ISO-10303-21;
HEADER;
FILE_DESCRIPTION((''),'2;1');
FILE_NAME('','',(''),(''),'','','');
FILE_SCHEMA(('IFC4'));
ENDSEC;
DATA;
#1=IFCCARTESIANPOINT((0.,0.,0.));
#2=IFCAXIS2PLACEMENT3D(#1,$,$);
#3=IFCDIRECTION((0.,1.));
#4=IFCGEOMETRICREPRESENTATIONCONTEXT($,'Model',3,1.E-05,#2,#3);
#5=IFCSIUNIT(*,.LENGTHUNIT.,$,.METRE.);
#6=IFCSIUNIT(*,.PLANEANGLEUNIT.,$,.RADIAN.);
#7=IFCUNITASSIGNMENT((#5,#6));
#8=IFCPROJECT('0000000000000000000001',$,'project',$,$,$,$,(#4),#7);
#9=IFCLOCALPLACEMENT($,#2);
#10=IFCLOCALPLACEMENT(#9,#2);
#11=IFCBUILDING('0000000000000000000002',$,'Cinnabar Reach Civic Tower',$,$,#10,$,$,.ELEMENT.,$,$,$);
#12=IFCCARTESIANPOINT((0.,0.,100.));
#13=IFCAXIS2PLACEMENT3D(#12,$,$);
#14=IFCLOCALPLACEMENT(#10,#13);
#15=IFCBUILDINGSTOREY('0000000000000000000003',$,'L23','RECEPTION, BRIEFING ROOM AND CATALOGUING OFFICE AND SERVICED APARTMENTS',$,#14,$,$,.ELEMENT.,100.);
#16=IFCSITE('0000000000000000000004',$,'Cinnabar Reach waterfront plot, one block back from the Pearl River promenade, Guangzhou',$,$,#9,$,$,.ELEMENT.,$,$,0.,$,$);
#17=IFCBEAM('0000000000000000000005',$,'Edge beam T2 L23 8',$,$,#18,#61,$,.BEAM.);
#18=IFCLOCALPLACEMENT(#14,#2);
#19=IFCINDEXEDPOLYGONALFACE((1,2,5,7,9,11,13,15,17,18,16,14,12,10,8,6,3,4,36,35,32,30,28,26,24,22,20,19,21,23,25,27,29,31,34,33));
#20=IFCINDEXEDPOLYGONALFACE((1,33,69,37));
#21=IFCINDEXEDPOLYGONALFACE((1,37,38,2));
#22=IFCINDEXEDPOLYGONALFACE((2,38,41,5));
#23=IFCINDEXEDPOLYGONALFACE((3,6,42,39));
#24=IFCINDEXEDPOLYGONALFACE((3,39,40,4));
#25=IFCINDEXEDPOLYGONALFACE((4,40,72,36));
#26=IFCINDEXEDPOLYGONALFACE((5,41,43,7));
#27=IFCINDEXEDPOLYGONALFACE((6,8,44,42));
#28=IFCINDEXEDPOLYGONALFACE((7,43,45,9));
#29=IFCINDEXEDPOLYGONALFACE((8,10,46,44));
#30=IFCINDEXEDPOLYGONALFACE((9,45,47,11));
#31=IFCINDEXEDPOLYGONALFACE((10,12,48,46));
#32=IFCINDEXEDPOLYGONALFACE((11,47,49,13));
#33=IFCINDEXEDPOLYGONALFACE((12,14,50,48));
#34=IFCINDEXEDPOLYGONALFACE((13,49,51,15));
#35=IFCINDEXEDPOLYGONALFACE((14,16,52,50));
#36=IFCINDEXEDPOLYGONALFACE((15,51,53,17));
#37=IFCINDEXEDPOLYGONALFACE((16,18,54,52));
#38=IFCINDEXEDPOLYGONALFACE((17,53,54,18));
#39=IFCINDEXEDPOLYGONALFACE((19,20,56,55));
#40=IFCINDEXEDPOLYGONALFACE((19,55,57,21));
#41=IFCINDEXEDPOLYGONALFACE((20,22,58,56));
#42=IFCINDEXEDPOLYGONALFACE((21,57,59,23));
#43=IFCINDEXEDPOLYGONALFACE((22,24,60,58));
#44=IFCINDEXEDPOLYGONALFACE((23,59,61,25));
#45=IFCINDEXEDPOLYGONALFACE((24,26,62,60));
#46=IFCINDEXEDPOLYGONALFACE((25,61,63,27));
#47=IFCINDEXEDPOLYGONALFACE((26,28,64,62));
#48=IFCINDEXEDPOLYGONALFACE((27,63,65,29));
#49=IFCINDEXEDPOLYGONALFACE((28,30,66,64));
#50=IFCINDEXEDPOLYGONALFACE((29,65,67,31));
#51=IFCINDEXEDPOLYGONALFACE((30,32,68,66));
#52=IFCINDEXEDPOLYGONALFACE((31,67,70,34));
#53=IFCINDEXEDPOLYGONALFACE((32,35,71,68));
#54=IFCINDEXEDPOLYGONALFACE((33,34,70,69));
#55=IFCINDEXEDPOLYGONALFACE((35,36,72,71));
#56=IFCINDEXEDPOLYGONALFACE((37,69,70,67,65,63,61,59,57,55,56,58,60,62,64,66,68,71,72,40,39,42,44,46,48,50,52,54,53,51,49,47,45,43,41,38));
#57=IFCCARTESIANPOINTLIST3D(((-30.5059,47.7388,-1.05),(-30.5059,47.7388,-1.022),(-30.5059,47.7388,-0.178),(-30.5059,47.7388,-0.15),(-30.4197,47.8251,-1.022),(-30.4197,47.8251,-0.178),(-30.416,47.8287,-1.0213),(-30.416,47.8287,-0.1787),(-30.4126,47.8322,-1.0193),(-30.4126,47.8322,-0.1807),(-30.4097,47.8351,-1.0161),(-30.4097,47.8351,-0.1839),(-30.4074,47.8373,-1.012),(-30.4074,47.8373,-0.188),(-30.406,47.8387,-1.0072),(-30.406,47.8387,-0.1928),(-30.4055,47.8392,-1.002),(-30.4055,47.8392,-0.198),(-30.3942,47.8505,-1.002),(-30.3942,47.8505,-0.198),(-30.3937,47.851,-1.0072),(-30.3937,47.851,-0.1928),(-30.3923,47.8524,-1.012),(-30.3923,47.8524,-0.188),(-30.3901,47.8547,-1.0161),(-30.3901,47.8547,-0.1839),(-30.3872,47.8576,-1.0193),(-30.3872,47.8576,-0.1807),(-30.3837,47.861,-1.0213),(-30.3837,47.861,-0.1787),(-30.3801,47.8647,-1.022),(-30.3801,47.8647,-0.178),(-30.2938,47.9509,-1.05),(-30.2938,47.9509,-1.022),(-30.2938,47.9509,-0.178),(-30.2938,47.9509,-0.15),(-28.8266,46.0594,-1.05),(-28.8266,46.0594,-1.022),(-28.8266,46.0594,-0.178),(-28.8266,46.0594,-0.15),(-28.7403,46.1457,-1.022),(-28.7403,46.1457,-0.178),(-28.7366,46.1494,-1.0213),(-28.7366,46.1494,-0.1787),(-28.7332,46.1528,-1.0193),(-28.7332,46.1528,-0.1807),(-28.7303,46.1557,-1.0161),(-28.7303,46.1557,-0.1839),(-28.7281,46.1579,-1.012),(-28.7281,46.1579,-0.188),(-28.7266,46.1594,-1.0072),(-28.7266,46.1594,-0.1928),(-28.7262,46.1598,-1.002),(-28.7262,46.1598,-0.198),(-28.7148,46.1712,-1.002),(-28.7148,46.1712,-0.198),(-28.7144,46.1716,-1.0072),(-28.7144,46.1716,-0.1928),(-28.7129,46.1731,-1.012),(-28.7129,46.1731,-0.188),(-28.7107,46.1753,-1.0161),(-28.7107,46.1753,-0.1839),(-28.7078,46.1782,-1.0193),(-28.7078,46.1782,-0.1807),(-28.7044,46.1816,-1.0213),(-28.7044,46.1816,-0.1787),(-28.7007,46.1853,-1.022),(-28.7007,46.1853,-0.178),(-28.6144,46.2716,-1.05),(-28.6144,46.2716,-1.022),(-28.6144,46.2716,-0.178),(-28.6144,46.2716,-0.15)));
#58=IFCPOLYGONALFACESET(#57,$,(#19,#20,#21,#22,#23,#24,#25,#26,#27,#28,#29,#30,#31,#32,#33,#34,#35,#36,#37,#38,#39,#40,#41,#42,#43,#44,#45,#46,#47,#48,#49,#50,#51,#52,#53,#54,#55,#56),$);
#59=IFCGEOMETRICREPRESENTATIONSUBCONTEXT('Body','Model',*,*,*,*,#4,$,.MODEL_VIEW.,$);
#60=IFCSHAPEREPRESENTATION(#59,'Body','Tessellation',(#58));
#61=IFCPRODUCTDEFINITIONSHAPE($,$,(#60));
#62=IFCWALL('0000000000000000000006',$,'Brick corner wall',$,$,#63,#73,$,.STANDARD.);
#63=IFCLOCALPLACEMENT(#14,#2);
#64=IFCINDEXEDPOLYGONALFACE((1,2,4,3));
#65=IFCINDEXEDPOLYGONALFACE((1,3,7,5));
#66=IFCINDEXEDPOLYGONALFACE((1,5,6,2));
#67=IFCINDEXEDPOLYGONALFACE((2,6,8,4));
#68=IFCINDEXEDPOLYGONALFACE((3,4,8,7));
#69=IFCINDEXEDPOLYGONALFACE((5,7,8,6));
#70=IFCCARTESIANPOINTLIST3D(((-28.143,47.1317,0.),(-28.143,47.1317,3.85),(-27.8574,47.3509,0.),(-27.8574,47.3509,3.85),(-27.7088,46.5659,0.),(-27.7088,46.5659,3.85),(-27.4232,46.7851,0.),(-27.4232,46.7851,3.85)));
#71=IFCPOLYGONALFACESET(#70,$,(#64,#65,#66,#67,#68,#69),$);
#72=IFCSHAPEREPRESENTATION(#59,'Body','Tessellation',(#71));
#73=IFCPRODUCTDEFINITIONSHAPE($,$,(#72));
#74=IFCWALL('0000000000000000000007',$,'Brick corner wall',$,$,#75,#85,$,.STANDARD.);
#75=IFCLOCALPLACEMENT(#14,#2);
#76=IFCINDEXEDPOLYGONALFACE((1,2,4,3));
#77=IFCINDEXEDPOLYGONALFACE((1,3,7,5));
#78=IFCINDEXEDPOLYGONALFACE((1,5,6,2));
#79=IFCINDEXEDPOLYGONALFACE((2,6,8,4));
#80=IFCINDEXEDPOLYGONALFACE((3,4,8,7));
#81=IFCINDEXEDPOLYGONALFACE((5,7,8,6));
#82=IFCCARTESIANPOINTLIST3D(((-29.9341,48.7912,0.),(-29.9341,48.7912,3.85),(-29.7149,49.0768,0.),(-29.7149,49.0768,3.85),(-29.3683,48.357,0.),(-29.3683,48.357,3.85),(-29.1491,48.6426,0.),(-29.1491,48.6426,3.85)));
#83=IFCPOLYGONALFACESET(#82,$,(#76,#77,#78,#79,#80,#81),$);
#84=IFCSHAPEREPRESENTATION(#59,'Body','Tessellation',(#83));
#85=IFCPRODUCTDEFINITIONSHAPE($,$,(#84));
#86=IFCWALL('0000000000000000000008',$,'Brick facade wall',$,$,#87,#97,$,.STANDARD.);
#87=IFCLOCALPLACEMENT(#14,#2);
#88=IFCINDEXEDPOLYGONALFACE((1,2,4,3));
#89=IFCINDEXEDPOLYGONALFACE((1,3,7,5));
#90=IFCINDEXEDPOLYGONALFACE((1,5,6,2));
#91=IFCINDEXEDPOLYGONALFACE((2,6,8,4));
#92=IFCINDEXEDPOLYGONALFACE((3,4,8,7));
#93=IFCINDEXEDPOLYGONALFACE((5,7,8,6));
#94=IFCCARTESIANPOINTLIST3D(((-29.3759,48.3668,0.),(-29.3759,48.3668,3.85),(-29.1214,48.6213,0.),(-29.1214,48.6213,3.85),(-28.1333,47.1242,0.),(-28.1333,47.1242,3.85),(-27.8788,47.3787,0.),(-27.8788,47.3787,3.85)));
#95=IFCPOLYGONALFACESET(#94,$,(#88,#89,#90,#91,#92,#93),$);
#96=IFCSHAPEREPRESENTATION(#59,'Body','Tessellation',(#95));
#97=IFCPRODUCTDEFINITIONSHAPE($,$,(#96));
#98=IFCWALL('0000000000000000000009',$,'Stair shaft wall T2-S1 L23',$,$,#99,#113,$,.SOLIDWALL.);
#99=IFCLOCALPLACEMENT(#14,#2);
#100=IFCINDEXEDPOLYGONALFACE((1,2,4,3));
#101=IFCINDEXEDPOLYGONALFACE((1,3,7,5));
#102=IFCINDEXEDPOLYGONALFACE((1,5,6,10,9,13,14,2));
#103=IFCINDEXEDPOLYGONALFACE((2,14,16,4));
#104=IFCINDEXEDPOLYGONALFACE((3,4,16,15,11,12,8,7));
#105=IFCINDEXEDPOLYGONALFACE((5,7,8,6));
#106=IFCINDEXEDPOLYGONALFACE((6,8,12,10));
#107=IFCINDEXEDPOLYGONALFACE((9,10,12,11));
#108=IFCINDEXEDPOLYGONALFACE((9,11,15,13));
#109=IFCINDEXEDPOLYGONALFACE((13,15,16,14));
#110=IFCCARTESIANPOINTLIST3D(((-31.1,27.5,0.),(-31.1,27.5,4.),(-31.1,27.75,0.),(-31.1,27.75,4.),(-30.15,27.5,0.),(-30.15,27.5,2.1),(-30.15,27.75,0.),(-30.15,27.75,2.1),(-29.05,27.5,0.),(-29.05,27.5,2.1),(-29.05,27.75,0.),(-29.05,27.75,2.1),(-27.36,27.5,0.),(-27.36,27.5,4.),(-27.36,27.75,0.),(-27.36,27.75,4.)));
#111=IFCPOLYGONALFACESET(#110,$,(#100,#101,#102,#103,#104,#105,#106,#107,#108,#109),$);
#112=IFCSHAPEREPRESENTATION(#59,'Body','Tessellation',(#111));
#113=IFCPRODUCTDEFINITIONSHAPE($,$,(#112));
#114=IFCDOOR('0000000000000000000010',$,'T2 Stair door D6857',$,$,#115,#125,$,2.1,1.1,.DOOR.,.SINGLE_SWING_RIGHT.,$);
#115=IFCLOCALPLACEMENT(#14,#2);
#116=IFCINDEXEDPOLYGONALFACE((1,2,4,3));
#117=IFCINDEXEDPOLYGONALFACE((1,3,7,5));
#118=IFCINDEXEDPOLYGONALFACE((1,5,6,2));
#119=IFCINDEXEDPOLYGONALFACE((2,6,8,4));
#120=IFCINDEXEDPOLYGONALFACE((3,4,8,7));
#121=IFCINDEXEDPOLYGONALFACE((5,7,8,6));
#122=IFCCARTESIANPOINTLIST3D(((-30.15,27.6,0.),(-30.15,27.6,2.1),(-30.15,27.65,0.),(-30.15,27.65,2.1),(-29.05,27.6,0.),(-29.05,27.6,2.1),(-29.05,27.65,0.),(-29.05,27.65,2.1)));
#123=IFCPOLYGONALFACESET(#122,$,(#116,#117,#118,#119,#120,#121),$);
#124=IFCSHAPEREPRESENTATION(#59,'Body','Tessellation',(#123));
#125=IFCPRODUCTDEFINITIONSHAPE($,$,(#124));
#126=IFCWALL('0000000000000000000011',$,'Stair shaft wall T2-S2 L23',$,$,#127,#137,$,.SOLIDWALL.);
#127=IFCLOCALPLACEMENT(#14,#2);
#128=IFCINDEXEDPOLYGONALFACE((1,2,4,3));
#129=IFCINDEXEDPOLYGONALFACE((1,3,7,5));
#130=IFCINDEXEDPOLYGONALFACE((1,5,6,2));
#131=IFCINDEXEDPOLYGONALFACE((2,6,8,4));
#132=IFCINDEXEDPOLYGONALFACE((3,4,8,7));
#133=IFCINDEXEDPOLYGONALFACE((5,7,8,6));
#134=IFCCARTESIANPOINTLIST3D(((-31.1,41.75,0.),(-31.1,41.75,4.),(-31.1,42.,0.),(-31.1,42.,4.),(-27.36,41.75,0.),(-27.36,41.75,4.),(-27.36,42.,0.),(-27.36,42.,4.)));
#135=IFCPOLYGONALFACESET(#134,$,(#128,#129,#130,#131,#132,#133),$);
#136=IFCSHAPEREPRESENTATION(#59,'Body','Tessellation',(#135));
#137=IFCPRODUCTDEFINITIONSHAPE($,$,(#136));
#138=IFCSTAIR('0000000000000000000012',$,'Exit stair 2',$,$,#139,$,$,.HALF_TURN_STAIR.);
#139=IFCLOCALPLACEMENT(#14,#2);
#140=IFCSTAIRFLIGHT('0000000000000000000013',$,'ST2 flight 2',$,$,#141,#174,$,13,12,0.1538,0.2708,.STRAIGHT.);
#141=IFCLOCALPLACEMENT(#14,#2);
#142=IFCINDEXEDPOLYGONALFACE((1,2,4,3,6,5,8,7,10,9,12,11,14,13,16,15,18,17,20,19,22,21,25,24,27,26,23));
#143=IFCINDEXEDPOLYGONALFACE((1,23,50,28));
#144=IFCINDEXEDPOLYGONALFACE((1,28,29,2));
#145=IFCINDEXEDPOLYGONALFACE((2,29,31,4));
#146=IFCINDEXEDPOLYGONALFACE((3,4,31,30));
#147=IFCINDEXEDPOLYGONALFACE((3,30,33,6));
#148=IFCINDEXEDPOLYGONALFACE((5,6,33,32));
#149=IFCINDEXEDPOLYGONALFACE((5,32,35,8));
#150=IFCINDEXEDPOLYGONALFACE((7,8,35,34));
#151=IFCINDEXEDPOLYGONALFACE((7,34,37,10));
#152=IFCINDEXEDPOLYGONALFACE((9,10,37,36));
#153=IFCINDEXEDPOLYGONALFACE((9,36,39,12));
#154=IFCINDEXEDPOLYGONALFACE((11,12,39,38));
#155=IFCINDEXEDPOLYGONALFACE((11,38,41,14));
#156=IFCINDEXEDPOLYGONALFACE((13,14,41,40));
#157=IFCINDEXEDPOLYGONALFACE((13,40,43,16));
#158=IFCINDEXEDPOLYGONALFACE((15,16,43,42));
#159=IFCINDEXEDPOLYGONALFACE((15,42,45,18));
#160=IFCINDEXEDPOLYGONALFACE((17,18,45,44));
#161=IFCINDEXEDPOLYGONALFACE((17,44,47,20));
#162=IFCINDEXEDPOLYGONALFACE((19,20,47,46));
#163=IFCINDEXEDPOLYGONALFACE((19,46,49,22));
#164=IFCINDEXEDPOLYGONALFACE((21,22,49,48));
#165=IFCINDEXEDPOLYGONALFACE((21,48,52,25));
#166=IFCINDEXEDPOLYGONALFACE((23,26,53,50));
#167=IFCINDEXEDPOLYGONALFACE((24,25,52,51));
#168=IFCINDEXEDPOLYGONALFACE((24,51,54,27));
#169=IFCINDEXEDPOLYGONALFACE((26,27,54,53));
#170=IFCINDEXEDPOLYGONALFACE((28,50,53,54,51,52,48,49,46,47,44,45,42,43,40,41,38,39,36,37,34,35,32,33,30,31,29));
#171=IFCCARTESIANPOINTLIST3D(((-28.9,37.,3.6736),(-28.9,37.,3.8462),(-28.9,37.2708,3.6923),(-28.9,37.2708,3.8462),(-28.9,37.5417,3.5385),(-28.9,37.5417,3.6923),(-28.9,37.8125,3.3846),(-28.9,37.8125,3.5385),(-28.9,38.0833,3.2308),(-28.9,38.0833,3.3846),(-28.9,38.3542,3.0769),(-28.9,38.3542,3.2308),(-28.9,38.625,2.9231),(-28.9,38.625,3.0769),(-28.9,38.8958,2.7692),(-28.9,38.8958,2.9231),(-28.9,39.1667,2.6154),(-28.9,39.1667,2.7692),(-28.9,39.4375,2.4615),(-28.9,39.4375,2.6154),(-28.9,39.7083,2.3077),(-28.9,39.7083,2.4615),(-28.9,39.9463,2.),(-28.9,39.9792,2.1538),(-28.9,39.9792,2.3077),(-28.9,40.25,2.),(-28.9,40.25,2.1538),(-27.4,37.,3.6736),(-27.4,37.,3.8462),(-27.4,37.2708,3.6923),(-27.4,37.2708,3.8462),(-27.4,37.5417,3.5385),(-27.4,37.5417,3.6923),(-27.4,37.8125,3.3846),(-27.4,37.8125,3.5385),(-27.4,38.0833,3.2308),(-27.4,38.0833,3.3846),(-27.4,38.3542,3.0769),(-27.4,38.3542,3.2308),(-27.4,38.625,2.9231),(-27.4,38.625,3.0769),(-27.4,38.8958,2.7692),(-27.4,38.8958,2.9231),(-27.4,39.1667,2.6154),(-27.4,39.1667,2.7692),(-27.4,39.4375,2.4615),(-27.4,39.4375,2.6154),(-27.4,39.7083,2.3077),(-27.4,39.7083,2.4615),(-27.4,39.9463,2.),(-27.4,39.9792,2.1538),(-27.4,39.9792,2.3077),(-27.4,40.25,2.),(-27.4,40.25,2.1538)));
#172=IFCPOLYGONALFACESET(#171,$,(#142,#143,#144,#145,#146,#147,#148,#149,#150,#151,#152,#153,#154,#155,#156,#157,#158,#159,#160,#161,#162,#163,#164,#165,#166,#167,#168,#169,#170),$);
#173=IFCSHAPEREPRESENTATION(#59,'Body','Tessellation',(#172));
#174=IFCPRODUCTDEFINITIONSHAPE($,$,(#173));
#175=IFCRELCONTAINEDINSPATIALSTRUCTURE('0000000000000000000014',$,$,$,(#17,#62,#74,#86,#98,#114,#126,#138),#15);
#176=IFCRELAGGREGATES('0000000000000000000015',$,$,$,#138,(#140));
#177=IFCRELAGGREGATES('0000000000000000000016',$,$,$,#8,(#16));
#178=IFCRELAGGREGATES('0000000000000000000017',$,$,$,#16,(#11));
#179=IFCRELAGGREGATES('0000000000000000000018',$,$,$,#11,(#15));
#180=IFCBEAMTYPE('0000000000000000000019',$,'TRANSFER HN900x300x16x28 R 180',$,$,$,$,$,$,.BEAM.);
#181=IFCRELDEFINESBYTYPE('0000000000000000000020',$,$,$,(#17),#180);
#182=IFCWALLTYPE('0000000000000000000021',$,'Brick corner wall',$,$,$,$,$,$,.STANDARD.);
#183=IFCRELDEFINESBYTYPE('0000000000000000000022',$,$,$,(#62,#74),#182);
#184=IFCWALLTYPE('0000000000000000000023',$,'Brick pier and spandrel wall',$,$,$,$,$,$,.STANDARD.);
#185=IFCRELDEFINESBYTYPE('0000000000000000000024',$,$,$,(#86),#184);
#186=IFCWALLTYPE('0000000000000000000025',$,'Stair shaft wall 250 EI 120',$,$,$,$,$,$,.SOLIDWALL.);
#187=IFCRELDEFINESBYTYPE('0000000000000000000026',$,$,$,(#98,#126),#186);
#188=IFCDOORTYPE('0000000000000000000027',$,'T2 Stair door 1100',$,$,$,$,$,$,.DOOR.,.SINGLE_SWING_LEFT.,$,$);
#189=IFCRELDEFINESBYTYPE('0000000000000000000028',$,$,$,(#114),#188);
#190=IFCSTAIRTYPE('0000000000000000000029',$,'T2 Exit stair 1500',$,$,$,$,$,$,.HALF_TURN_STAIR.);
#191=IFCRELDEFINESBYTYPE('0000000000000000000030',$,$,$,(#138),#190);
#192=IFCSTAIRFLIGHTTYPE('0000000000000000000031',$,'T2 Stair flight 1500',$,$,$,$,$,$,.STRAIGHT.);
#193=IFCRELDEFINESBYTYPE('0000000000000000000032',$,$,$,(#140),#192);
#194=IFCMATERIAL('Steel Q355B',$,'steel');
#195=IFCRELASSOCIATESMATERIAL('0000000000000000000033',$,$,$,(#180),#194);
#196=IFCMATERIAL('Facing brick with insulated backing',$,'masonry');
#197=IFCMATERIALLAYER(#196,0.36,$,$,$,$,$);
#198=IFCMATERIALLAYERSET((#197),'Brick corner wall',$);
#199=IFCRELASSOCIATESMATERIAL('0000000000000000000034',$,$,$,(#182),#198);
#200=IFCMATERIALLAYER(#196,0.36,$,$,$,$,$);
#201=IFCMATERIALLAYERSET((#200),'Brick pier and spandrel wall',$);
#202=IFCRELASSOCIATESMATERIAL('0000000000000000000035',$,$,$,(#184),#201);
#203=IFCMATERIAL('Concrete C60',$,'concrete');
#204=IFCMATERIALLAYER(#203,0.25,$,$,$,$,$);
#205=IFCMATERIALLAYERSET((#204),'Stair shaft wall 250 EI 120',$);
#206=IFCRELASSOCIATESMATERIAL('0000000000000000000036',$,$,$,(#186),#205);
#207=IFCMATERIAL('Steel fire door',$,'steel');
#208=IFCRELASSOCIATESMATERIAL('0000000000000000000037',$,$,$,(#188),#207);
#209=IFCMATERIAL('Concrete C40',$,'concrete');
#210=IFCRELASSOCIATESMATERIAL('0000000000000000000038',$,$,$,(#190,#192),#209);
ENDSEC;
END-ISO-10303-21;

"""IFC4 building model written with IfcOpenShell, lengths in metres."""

from ifc_helpers import new_model, si_unit, direction, frame, frame_2d, origin, origin_2d, place, context, subcontext, project, spatial, polyline, rectangle, i_section, outline, extrude, material, layer, layer_set, material_profile, profile_set, type_object, element, fill, aggregate, save


model = new_model("IFC4")

# Units and contexts
model_context = context("Model", 3, precision=1e-05, world=origin(), true_north=direction((0.0, 1.0)))
body_context = subcontext(model_context, "Body", "Model", "MODEL_VIEW")
ifc_project = project(units=[si_unit("LENGTHUNIT", "METRE"), si_unit("PLANEANGLEUNIT", "RADIAN")], contexts=[model_context])

# Site, building, storey
site_placement = place(None, origin())
site = spatial("IfcSite", under=ifc_project, at=site_placement, Name="Cinnabar Reach waterfront plot, one block back from the Pearl River promenade, Guangzhou", CompositionType="ELEMENT", RefElevation=0.0)
building_placement = place(site_placement, origin())
building = spatial("IfcBuilding", under=site, at=building_placement, Name="Cinnabar Reach Civic Tower", CompositionType="ELEMENT")
storey_placement = place(building_placement, frame((0.0, 0.0, 100.0)))
storey = spatial("IfcBuildingStorey", under=building, at=storey_placement, Name="L23", Description="RECEPTION, BRIEFING ROOM AND CATALOGUING OFFICE AND SERVICED APARTMENTS", CompositionType="ELEMENT", Elevation=100.0)

# Shared definitions
ifc_material_1 = material(Name="Concrete C60", Category="concrete")

# Shared definitions
ifc_material_2 = material(Name="Steel Q355B", Category="steel")

# Shared definitions
ifc_material_3 = material(Name="Concrete C40", Category="concrete")

# Beam
ifc_material_profile_1 = material_profile(ifc_material_2, i_section(OverallWidth=0.3, OverallDepth=0.9, WebThickness=0.016, FlangeThickness=0.028, FilletRadius=0.02, at=origin_2d()), Name="HN900x300x16x28")
ifc_profile_set_1 = profile_set([ifc_material_profile_1], Name="Steel Q355B")
beam_type_1 = type_object("IfcBeamType", Name="TRANSFER HN900x300x16x28 R 180", PredefinedType="BEAM", material=ifc_profile_set_1)
beam_1_placement = place(storey_placement, frame((-28.7205, 46.1655, -0.6), z_axis=(-0.707107, 0.707107, 0.0), x_axis=(-0.707107, -0.707107, 0.0)))
element("IfcBeam", 1, at=beam_1_placement, inside=storey, type_object=beam_type_1, Name="Edge beam T2 L23 8", PredefinedType="BEAM", context=body_context, shape_type="SweptSolid", body=[
    extrude(i_section(OverallWidth=0.3, OverallDepth=0.9, WebThickness=0.016, FlangeThickness=0.028, FilletRadius=0.02, at=origin_2d()), origin(), (0.0, 0.0, 1.0), 2.375),
])

# Walls
ifc_material_4 = material(Name="Facing brick with insulated backing", Category="masonry")
ifc_layer_1 = layer(ifc_material_4, 0.36)
ifc_layer_set_1 = layer_set([ifc_layer_1], Name="Brick corner wall")
wall_type_1 = type_object("IfcWallType", Name="Brick corner wall", PredefinedType="STANDARD", material=ifc_layer_set_1)
for number, where, z_axis, x_axis, name in (
    (2, (-27.566, 46.6755, 0.0), (0.0, 0.0, 1.0), (-0.608802, 0.793322, 0.0), "Brick corner wall"),
    (3, (-29.2587, 48.4998, 0.0), (0.0, 0.0, 1.0), (-0.793322, 0.608802, 0.0), "Brick corner wall"),
):
    element("IfcWall", number, at=place(storey_placement, frame(where, z_axis=z_axis, x_axis=x_axis)), inside=storey, type_object=wall_type_1, Name=name, PredefinedType="STANDARD", context=body_context, shape_type="SweptSolid", body=[
        extrude(rectangle(XDim=0.7132, YDim=0.36, at=frame_2d((0.3566, 0.0))), origin(), (0.0, 0.0, 1.0), 3.85),
    ])
ifc_layer_2 = layer(ifc_material_4, 0.36)
ifc_layer_set_2 = layer_set([ifc_layer_2], Name="Brick pier and spandrel wall")
wall_type_2 = type_object("IfcWallType", Name="Brick pier and spandrel wall", PredefinedType="STANDARD", material=ifc_layer_set_2)
wall_1_placement = place(storey_placement, frame((-28.006, 47.2514, 0.0), z_axis=(0.0, 0.0, 1.0), x_axis=(-0.707107, 0.707107, 0.0)))
element("IfcWall", 4, at=wall_1_placement, inside=storey, type_object=wall_type_2, Name="Brick facade wall", PredefinedType="STANDARD", context=body_context, shape_type="SweptSolid", body=[
    extrude(rectangle(XDim=1.7573, YDim=0.36, at=frame_2d((0.8787, 0.0))), origin(), (0.0, 0.0, 1.0), 3.85),
])

# Wall, opening, door
ifc_layer_3 = layer(ifc_material_1, 0.25)
ifc_layer_set_3 = layer_set([ifc_layer_3], Name="Stair shaft wall 250 EI 120")
wall_type_3 = type_object("IfcWallType", Name="Stair shaft wall 250 EI 120", PredefinedType="SOLIDWALL", material=ifc_layer_set_3)
wall_2_placement = place(storey_placement, frame((-27.36, 27.625, 0.0), z_axis=(0.0, 0.0, 1.0), x_axis=(-1.0, 0.0, 0.0)))
wall_2 = element("IfcWall", 5, at=wall_2_placement, inside=storey, type_object=wall_type_3, Name="Stair shaft wall T2-S1 L23", PredefinedType="SOLIDWALL", context=body_context, shape_type="SweptSolid", body=[
    extrude(rectangle(XDim=3.74, YDim=0.25, at=frame_2d((1.87, 0.0))), origin(), (0.0, 0.0, 1.0), 4.0),
])
opening_placement = place(wall_2_placement, frame((1.69, 0.0, 0.0)))
opening = element("IfcOpeningElement", 6, at=opening_placement, cuts=wall_2, PredefinedType="OPENING", context=body_context, shape_type="SweptSolid", body=[
    extrude(rectangle(XDim=1.1, YDim=2.1, at=frame_2d((0.55, 1.05))), frame((0.0, 0.135, 0.0), z_axis=(0.0, -1.0, 0.0), x_axis=(1.0, 0.0, 0.0)), (0.0, 0.0, 1.0), 0.27),
])
ifc_material_5 = material(Name="Steel fire door", Category="steel")
door_type = type_object("IfcDoorType", Name="T2 Stair door 1100", OperationType="SINGLE_SWING_LEFT", PredefinedType="DOOR", material=ifc_material_5)
door_placement = place(opening_placement, origin())
door = element("IfcDoor", 7, at=door_placement, inside=storey, type_object=door_type, Name="T2 Stair door D6857", OperationType="SINGLE_SWING_RIGHT", OverallHeight=2.1, OverallWidth=1.1, PredefinedType="DOOR", context=body_context, shape_type="SweptSolid", body=[
    extrude(rectangle(XDim=1.1, YDim=2.1, at=frame_2d((0.55, 1.05))), frame((0.0, 0.025, 0.0), z_axis=(0.0, -1.0, 0.0), x_axis=(1.0, 0.0, 0.0)), (0.0, 0.0, 1.0), 0.05),
])
fill(opening, door)

# Wall
wall_3_placement = place(storey_placement, frame((-27.36, 41.875, 0.0), z_axis=(0.0, 0.0, 1.0), x_axis=(-1.0, 0.0, 0.0)))
element("IfcWall", 8, at=wall_3_placement, inside=storey, type_object=wall_type_3, Name="Stair shaft wall T2-S2 L23", PredefinedType="SOLIDWALL", context=body_context, shape_type="SweptSolid", body=[
    extrude(rectangle(XDim=3.74, YDim=0.25, at=frame_2d((1.87, 0.0))), origin(), (0.0, 0.0, 1.0), 4.0),
])

# Stair, stair flight
stair_type = type_object("IfcStairType", Name="T2 Exit stair 1500", PredefinedType="HALF_TURN_STAIR", material=ifc_material_3)
stair_placement = place(storey_placement, origin())
stair = element("IfcStair", 9, at=stair_placement, inside=storey, type_object=stair_type, Name="Exit stair 2", PredefinedType="HALF_TURN_STAIR")
stair_flight_type = type_object("IfcStairFlightType", Name="T2 Stair flight 1500", PredefinedType="STRAIGHT", material=ifc_material_3)
stair_flight_placement = place(storey_placement, frame((-28.15, 40.25, 2.0), z_axis=(0.0, 0.0, 1.0), x_axis=(0.0, -1.0, 0.0)))
stair_flight = element("IfcStairFlight", 10, at=stair_flight_placement, type_object=stair_flight_type, Name="ST2 flight 2", NumberOfRisers=13, NumberOfTreads=12, PredefinedType="STRAIGHT", RiserHeight=0.1538, TreadLength=0.2708, context=body_context, shape_type="SweptSolid", body=[
    extrude(outline(polyline([(0.0, 0.0), (0.0, 0.1538), (0.2708, 0.1538), (0.2708, 0.3077), (0.5417, 0.3077), (0.5417, 0.4615), (0.8125, 0.4615), (0.8125, 0.6154), (1.0833, 0.6154), (1.0833, 0.7692), (1.3542, 0.7692), (1.3542, 0.9231), (1.625, 0.9231), (1.625, 1.0769), (1.8958, 1.0769), (1.8958, 1.2308), (2.1667, 1.2308), (2.1667, 1.3846), (2.4375, 1.3846), (2.4375, 1.5385), (2.7083, 1.5385), (2.7083, 1.6923), (2.9792, 1.6923), (2.9792, 1.8462), (3.25, 1.8462), (3.25, 2.0), (3.25, 1.6736), (0.3037, 0.0), (0.0, 0.0)])), frame((0.0, 0.75, 0.0), z_axis=(0.0, -1.0, 0.0), x_axis=(1.0, 0.0, 0.0)), (0.0, 0.0, 1.0), 1.5),
])
aggregate(stair, [stair_flight])

save(model, "model.ifc")
